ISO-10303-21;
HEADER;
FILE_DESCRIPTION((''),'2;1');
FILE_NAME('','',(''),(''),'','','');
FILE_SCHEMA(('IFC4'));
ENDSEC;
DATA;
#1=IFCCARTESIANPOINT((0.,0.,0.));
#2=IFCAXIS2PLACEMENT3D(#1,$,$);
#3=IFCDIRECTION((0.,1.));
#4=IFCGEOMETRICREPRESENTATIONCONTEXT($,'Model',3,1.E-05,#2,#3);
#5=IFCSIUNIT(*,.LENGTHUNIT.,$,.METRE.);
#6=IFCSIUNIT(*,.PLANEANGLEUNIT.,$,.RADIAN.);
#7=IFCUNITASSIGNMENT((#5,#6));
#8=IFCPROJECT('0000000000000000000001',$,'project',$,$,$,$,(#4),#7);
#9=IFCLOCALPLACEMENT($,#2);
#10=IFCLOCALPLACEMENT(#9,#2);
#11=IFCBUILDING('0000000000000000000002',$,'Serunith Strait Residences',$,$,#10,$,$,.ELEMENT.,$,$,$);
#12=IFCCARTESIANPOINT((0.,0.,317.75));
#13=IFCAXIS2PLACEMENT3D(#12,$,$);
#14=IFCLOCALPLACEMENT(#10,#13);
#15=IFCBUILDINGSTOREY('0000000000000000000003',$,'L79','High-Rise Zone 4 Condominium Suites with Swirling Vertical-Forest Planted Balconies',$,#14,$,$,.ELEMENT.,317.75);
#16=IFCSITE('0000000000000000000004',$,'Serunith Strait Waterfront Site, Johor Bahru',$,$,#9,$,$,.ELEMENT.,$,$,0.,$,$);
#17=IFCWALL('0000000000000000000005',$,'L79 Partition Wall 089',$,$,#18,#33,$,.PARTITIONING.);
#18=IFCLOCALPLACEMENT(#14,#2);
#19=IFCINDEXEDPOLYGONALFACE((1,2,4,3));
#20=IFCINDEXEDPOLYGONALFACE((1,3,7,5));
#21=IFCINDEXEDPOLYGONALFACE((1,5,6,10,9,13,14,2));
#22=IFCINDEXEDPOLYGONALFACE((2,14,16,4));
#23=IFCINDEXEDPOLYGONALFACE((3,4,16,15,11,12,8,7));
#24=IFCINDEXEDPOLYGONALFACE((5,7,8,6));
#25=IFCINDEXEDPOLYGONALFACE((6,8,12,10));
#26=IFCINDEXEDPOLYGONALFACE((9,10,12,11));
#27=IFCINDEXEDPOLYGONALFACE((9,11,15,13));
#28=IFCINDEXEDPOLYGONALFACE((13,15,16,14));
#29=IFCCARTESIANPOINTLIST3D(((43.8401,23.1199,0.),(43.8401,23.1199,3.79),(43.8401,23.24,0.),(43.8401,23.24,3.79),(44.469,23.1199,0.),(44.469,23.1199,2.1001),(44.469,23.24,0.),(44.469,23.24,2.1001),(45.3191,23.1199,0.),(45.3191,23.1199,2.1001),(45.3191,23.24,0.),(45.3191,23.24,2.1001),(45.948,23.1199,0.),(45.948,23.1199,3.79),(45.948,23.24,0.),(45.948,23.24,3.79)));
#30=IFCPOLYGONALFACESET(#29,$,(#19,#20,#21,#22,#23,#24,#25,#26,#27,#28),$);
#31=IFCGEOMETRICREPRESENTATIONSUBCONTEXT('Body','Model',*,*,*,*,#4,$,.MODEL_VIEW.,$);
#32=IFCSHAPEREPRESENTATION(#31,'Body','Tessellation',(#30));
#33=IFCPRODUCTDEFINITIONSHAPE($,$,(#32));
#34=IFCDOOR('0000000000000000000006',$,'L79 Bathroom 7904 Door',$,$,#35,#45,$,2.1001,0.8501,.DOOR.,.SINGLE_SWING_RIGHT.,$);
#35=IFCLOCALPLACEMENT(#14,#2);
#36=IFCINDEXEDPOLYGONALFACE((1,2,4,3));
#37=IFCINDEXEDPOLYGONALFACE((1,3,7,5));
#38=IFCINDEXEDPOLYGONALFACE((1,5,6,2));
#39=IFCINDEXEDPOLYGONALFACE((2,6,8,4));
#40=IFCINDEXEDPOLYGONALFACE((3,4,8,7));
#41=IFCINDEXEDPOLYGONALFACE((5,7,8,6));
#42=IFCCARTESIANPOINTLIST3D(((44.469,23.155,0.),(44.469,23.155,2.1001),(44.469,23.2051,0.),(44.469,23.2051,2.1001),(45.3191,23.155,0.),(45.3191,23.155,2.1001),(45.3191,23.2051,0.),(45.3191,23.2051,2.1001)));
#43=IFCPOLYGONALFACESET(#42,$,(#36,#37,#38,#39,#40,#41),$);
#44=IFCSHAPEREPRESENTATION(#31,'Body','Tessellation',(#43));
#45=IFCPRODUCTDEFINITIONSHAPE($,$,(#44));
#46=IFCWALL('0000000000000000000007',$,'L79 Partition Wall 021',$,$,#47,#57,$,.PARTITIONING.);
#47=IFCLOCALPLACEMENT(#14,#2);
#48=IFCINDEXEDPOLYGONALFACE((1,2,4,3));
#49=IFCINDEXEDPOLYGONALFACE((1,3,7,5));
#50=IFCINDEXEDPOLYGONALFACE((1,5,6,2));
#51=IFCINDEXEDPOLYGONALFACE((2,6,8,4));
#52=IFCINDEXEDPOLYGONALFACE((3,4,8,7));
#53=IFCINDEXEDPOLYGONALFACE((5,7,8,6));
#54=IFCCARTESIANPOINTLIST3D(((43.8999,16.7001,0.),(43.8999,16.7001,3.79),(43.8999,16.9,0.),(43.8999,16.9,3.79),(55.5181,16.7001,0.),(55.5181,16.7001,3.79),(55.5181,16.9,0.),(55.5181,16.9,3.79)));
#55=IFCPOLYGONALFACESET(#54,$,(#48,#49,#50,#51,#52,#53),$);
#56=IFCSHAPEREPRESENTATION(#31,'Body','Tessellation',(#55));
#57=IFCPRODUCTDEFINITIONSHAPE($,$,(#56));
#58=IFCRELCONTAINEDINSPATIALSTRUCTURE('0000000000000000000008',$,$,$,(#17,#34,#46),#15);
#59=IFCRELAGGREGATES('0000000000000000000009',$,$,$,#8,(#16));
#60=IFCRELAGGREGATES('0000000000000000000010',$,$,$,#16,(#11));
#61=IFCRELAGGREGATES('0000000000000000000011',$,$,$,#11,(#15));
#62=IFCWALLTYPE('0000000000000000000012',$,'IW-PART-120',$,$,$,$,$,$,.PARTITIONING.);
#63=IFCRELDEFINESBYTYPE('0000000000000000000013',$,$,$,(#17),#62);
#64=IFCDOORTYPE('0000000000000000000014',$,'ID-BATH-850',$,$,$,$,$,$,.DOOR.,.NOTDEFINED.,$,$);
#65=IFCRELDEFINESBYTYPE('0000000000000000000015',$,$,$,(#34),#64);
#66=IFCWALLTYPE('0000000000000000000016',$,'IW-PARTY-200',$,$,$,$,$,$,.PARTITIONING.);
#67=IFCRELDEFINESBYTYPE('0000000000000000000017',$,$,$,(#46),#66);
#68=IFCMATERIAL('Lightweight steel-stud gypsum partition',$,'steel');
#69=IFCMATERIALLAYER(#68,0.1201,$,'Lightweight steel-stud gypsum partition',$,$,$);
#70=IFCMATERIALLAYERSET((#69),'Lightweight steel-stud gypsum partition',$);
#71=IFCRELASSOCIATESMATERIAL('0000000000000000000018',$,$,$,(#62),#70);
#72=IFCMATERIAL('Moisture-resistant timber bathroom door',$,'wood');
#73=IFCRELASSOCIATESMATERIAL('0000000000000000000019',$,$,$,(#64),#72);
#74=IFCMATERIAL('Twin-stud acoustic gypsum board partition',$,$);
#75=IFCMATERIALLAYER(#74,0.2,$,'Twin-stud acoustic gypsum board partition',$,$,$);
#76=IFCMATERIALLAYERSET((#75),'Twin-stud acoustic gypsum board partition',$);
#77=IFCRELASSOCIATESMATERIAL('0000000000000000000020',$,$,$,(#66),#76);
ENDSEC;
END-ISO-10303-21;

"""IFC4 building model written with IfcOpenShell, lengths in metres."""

from ifc_helpers import new_model, si_unit, direction, frame, frame_2d, origin, place, context, subcontext, project, spatial, rectangle, extrude, source, transform, mapped, material, layer, layer_set, type_object, element, fill, save


model = new_model("IFC4")

# Units and contexts
model_context = context("Model", 3, precision=1e-05, world=origin(), true_north=direction((0.0, 1.0)))
body_context = subcontext(model_context, "Body", "Model", "MODEL_VIEW")
ifc_project = project(units=[si_unit("LENGTHUNIT", "METRE"), si_unit("PLANEANGLEUNIT", "RADIAN")], contexts=[model_context])

# Site, building, storey
site_placement = place(None, origin())
site = spatial("IfcSite", under=ifc_project, at=site_placement, Name="Serunith Strait Waterfront Site, Johor Bahru", CompositionType="ELEMENT", RefElevation=0.0)
building_placement = place(site_placement, origin())
building = spatial("IfcBuilding", under=site, at=building_placement, Name="Serunith Strait Residences", CompositionType="ELEMENT")
storey_placement = place(building_placement, frame((0.0, 0.0, 317.75)))
storey = spatial("IfcBuildingStorey", under=building, at=storey_placement, Name="L79", Description="High-Rise Zone 4 Condominium Suites with Swirling Vertical-Forest Planted Balconies", CompositionType="ELEMENT", Elevation=317.75)

# Shared definitions
ifc_material_1 = material(Name="Lightweight steel-stud gypsum partition", Category="steel")
ifc_layer_1 = layer(ifc_material_1, 0.1201, Name="Lightweight steel-stud gypsum partition")
ifc_layer_set_1 = layer_set([ifc_layer_1], Name="Lightweight steel-stud gypsum partition")
wall_type_1 = type_object("IfcWallType", Name="IW-PART-120", PredefinedType="PARTITIONING", material=ifc_layer_set_1)
shared_shape_1 = source(origin(), body_context, "Body", "SweptSolid", [
    extrude(rectangle(XDim=0.8501, YDim=2.1001, at=frame_2d((0.425, 1.05))), frame((0.0, 0.0249, 0.0), z_axis=(0.0, -1.0, 0.0), x_axis=(1.0, 0.0, 0.0)), (0.0, 0.0, 1.0), 0.05),
])

# Wall, opening, door
wall_1_placement = place(storey_placement, frame((45.948, 23.1799, 0.0), z_axis=(0.0, 0.0, 1.0), x_axis=(-1.0, 0.0, 0.0)))
wall_1 = element("IfcWall", 1, at=wall_1_placement, inside=storey, type_object=wall_type_1, Name="L79 Partition Wall 089", PredefinedType="PARTITIONING", context=body_context, shape_type="SweptSolid", body=[
    extrude(rectangle(XDim=2.1079, YDim=0.1201, at=frame_2d((1.054, 0.0))), origin(), (0.0, 0.0, 1.0), 3.79),
])
opening_1_placement = place(wall_1_placement, frame((0.6289, 0.0, 0.0)))
opening_1 = element("IfcOpeningElement", 2, at=opening_1_placement, cuts=wall_1, PredefinedType="OPENING", context=body_context, shape_type="SweptSolid", body=[
    extrude(rectangle(XDim=0.8501, YDim=2.1001, at=frame_2d((0.425, 1.05))), frame((0.0, 0.0701, 0.0), z_axis=(0.0, -1.0, 0.0), x_axis=(1.0, 0.0, 0.0)), (0.0, 0.0, 1.0), 0.1401),
])
ifc_material_2 = material(Name="Moisture-resistant timber bathroom door", Category="wood")
door_type_1 = type_object("IfcDoorType", Name="ID-BATH-850", OperationType="NOTDEFINED", PredefinedType="DOOR", material=ifc_material_2)
door_1_placement = place(opening_1_placement, origin())
door_1 = element("IfcDoor", 3, at=door_1_placement, inside=storey, type_object=door_type_1, Name="L79 Bathroom 7904 Door", OperationType="SINGLE_SWING_RIGHT", OverallHeight=2.1001, OverallWidth=0.8501, PredefinedType="DOOR", context=body_context, shape_type="MappedRepresentation", body=[
    mapped(shared_shape_1, transform((0.0, 0.0, 0.0), scale=1.0)),
])
fill(opening_1, door_1)

# Wall
ifc_material_3 = material(Name="Twin-stud acoustic gypsum board partition")
ifc_layer_2 = layer(ifc_material_3, 0.2, Name="Twin-stud acoustic gypsum board partition")
ifc_layer_set_2 = layer_set([ifc_layer_2], Name="Twin-stud acoustic gypsum board partition")
wall_type_2 = type_object("IfcWallType", Name="IW-PARTY-200", PredefinedType="PARTITIONING", material=ifc_layer_set_2)
wall_2_placement = place(storey_placement, frame((43.8999, 16.8, 0.0), z_axis=(0.0, 0.0, 1.0), x_axis=(1.0, 0.0, 0.0)))
element("IfcWall", 4, at=wall_2_placement, inside=storey, type_object=wall_type_2, Name="L79 Partition Wall 021", PredefinedType="PARTITIONING", context=body_context, shape_type="SweptSolid", body=[
    extrude(rectangle(XDim=11.6182, YDim=0.2, at=frame_2d((5.8091, 0.0))), origin(), (0.0, 0.0, 1.0), 3.79),
])

save(model, "model.ifc")
